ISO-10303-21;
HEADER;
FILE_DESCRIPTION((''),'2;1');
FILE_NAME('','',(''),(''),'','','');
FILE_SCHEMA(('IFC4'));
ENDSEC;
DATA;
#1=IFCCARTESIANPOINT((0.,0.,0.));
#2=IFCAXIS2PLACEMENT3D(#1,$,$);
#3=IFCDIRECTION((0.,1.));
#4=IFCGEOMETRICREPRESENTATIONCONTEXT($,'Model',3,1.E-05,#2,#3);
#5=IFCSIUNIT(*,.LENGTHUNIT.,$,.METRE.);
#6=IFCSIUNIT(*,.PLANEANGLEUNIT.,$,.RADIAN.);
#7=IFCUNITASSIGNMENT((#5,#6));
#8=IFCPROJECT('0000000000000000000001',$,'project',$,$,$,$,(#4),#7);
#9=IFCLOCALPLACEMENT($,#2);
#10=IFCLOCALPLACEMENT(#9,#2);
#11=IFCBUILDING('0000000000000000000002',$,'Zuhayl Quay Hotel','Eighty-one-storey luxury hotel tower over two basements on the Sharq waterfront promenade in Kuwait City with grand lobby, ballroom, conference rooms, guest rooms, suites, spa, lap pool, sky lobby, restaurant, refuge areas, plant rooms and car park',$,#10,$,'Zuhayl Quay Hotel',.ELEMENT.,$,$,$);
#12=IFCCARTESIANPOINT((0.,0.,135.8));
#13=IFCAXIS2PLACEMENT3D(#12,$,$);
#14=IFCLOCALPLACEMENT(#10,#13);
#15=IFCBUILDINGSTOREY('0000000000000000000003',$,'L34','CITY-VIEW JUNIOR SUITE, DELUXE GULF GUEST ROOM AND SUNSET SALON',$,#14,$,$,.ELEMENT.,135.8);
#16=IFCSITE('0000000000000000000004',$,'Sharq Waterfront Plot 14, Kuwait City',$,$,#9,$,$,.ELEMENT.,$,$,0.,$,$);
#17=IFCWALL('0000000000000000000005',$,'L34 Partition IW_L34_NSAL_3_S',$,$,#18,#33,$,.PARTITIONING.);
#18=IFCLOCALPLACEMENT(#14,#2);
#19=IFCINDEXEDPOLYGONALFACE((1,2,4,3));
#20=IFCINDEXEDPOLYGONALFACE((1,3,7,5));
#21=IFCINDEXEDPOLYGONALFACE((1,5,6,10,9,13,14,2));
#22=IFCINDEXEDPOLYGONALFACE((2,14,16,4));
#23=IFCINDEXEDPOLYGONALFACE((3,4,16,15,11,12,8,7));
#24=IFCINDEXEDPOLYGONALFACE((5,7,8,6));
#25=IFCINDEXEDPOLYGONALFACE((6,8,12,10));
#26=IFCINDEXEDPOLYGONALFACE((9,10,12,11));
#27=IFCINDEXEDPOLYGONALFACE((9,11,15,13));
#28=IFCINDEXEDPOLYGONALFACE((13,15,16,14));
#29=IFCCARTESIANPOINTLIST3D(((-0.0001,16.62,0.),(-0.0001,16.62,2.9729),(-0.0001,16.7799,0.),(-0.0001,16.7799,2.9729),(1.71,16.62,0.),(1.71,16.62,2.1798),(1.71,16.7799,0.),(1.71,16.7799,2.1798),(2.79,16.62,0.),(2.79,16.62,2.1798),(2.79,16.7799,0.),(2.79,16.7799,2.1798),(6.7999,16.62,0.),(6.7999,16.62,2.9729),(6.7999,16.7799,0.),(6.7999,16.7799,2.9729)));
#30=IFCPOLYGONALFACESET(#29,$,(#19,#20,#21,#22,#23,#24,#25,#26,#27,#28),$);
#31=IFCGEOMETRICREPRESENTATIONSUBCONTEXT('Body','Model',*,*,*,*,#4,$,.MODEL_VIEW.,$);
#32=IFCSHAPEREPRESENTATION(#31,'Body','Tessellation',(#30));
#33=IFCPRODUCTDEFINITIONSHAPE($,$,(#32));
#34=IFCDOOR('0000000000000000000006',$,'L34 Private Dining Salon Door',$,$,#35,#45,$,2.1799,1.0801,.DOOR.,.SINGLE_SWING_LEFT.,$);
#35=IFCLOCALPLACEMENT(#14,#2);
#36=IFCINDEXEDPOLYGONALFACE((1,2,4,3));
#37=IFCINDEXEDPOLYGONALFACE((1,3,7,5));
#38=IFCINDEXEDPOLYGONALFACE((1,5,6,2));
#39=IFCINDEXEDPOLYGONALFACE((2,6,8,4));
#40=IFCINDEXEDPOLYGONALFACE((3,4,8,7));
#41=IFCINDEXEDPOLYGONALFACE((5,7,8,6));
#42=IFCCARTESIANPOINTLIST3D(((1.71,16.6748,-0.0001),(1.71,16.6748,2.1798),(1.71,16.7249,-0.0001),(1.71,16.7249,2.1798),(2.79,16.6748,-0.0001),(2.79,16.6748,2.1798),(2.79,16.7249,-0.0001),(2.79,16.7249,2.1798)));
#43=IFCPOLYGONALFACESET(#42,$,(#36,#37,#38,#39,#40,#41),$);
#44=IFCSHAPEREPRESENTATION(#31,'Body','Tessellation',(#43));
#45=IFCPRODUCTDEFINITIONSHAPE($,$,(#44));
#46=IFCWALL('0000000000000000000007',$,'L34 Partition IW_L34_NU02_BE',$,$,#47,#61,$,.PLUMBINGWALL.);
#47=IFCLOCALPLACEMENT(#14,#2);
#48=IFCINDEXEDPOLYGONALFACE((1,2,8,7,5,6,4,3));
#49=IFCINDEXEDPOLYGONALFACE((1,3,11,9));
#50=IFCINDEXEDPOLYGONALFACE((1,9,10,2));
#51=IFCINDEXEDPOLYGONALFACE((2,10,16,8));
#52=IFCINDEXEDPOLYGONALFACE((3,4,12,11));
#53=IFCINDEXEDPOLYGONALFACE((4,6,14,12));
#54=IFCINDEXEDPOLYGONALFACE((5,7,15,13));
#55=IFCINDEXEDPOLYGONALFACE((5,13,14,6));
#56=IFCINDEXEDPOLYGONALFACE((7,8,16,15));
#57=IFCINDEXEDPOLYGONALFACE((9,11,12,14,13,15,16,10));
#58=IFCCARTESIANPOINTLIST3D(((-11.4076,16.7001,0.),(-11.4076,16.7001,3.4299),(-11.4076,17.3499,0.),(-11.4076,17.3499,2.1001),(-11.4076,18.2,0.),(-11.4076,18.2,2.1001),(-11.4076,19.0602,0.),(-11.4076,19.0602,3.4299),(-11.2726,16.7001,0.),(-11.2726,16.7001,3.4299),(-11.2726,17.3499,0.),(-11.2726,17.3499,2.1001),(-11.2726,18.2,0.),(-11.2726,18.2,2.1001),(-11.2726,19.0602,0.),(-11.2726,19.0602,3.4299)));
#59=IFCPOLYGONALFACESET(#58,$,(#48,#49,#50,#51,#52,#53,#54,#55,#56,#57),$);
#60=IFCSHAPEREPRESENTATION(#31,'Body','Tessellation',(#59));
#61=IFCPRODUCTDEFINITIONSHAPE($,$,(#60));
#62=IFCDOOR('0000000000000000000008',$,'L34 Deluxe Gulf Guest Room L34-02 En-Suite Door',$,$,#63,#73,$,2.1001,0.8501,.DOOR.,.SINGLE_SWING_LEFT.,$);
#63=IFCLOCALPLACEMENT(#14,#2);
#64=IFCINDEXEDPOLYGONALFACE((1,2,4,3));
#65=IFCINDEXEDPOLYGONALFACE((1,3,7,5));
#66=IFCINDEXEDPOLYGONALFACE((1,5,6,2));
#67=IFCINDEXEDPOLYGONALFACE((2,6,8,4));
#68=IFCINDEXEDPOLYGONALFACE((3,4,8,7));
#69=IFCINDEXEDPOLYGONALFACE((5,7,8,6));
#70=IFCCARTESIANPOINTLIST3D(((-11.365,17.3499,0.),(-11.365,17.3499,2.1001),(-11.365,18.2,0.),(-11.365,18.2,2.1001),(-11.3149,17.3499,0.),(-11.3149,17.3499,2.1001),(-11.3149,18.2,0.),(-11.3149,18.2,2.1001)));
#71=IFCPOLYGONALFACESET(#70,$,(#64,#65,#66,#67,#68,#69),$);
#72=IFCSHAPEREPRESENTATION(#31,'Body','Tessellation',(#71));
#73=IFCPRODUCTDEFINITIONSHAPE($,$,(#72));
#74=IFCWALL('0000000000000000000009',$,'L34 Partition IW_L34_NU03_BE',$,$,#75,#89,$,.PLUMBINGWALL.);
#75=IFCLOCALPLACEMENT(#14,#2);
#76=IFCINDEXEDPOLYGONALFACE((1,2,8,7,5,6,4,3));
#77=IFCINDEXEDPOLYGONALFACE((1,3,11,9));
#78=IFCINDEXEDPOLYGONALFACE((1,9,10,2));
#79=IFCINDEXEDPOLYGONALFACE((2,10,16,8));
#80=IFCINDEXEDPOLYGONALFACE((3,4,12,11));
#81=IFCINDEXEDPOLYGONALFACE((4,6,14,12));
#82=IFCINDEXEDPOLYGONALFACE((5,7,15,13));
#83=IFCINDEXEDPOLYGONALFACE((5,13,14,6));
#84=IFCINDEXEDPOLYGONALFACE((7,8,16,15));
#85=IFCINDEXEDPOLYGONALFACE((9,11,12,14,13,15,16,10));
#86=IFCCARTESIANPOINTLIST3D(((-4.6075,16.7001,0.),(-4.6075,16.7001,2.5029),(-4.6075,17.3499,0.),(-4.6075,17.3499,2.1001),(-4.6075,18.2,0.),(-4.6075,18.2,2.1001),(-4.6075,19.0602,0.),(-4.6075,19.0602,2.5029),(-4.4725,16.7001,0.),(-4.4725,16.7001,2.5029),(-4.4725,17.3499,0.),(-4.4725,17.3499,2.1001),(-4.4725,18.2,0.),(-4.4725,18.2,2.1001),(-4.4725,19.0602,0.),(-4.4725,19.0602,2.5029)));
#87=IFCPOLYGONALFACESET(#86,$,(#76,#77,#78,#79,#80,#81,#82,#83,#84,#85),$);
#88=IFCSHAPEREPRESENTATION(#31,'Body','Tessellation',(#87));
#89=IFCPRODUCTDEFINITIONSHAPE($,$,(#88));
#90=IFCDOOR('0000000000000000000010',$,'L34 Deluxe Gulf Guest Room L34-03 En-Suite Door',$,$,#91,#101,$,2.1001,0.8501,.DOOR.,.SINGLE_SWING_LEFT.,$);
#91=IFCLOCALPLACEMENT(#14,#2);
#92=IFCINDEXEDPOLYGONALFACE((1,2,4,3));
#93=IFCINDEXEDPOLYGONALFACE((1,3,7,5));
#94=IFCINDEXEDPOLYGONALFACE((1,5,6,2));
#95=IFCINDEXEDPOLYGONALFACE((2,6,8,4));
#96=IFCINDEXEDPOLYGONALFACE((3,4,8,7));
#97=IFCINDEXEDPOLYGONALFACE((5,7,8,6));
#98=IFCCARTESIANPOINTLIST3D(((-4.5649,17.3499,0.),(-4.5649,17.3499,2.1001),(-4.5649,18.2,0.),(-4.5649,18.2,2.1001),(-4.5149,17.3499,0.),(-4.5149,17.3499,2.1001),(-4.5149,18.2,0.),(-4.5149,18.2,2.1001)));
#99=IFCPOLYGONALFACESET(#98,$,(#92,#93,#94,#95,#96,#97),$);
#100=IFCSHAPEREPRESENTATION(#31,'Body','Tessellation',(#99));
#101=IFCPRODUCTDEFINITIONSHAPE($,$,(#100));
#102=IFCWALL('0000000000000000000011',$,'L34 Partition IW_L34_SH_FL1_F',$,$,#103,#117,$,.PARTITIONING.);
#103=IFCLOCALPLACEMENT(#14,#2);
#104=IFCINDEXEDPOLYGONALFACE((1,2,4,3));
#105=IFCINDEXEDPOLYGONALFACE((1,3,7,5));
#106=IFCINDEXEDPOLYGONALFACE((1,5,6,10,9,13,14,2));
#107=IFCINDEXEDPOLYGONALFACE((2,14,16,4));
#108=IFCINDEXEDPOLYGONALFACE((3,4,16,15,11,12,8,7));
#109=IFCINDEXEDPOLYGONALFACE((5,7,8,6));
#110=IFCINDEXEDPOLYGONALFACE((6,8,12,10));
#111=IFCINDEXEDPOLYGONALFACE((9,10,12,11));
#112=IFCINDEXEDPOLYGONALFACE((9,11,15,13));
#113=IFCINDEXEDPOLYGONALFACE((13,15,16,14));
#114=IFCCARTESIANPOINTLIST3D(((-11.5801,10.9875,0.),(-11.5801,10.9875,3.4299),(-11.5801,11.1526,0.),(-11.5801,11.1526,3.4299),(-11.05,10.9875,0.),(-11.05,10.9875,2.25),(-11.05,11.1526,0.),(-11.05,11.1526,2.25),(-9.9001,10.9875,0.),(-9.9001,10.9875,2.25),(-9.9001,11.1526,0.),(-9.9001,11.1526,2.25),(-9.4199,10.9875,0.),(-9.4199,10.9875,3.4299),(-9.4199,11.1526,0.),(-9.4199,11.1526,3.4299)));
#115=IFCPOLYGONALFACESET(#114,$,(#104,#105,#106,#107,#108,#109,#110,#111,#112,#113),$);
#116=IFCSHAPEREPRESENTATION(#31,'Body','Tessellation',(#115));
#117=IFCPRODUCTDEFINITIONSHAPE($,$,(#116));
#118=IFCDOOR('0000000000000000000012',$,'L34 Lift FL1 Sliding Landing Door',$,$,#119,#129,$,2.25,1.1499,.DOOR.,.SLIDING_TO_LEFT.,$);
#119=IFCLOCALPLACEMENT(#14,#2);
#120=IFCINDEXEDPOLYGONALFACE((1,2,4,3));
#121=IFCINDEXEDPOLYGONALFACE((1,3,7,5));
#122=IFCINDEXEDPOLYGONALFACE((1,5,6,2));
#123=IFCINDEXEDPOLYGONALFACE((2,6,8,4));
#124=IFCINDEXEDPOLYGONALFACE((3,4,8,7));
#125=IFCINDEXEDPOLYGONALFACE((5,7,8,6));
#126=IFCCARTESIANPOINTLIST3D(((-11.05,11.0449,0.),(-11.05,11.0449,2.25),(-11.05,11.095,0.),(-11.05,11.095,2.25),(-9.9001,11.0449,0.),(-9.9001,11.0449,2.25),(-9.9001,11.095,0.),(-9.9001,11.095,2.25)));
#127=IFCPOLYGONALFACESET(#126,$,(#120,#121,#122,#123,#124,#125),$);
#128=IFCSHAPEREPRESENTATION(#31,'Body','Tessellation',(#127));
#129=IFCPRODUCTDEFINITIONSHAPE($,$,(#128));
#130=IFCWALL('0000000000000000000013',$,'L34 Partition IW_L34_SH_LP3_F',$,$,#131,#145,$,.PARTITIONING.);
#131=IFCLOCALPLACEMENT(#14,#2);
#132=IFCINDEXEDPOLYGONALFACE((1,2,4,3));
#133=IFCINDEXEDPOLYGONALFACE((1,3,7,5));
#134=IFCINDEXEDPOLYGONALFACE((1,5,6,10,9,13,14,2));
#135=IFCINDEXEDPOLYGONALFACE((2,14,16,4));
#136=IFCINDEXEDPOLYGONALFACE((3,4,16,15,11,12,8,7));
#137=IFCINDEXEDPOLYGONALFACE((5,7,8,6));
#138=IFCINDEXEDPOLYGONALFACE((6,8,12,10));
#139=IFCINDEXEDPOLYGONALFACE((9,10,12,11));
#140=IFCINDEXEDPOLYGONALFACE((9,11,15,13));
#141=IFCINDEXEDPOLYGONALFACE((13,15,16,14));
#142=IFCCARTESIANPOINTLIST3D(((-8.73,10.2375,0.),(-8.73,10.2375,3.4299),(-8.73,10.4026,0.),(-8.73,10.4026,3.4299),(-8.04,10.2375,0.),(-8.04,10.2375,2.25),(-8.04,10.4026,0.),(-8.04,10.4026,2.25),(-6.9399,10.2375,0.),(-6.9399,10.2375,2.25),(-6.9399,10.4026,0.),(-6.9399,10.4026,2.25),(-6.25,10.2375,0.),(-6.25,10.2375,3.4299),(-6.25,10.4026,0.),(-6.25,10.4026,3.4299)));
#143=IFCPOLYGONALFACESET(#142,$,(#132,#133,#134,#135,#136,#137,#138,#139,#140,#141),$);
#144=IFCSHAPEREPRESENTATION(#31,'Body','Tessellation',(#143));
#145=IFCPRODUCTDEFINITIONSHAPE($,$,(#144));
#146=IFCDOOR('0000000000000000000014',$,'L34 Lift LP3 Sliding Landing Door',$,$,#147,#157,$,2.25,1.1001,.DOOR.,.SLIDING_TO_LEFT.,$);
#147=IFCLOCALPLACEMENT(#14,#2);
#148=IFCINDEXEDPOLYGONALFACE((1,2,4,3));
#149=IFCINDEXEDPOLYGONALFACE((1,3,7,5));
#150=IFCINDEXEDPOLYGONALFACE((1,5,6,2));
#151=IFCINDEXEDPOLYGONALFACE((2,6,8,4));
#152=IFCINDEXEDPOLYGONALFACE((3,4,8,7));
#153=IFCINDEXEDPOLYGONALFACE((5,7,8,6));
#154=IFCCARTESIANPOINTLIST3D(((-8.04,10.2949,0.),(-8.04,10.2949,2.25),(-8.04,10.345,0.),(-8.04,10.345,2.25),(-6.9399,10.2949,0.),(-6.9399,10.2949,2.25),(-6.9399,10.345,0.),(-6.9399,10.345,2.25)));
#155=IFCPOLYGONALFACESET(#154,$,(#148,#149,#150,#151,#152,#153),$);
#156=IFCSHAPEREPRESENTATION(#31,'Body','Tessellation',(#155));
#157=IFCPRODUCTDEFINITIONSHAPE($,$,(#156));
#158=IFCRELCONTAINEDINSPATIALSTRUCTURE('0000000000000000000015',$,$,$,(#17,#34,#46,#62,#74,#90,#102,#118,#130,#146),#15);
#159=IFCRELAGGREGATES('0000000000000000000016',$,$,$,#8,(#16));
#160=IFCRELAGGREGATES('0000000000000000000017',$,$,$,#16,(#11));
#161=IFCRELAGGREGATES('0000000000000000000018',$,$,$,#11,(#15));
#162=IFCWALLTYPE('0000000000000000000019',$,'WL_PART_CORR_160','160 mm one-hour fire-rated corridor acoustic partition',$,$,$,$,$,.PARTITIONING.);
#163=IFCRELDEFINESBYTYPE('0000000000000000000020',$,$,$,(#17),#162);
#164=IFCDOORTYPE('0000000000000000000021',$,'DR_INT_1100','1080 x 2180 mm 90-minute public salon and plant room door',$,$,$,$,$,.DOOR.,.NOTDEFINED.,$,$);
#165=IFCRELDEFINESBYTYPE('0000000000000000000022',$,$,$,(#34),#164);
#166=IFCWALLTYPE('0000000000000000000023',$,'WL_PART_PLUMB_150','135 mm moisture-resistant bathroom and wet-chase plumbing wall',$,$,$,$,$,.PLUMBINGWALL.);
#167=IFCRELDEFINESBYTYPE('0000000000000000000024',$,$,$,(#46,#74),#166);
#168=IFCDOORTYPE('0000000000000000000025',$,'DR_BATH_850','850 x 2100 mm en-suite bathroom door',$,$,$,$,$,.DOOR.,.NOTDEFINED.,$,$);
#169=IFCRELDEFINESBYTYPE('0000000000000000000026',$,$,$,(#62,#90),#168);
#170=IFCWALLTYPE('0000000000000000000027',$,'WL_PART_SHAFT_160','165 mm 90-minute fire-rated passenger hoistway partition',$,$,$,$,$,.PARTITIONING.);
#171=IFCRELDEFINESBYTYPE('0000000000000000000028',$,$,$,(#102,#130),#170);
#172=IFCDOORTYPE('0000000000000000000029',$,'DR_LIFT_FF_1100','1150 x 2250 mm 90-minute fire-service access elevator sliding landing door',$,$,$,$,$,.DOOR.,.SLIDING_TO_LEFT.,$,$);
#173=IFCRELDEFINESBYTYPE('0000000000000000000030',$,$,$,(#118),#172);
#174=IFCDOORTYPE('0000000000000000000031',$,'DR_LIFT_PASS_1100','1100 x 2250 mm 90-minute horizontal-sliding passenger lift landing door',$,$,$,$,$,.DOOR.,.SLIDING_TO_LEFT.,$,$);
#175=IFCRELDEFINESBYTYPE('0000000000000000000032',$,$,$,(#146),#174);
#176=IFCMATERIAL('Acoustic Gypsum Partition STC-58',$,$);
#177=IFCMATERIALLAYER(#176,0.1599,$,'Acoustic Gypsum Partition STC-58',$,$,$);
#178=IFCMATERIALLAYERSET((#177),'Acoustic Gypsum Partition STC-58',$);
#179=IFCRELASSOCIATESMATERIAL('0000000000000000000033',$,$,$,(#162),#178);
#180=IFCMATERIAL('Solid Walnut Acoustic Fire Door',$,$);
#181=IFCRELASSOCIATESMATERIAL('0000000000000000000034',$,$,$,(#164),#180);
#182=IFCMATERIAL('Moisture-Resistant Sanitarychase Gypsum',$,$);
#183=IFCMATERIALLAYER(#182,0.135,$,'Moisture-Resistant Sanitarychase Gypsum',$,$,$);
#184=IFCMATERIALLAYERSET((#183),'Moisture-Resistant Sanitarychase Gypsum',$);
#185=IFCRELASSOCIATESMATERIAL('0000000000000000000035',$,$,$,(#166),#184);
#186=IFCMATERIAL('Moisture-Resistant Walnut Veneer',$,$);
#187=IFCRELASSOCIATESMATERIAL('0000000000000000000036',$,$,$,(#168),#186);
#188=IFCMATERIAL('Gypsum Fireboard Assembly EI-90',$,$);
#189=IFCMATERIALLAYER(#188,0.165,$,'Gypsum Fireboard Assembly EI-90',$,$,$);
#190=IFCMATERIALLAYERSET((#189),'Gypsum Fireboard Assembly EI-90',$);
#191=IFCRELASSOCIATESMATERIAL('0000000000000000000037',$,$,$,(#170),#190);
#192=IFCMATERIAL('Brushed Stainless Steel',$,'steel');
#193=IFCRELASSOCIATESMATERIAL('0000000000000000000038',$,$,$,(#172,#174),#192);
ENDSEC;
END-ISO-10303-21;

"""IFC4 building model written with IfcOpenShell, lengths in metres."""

from ifc_helpers import new_model, si_unit, direction, frame, frame_2d, origin, place, context, subcontext, project, spatial, rectangle, extrude, material, layer, layer_set, type_object, element, fill, save


model = new_model("IFC4")

# Units and contexts
model_context = context("Model", 3, precision=1e-05, world=origin(), true_north=direction((0.0, 1.0)))
body_context = subcontext(model_context, "Body", "Model", "MODEL_VIEW")
ifc_project = project(units=[si_unit("LENGTHUNIT", "METRE"), si_unit("PLANEANGLEUNIT", "RADIAN")], contexts=[model_context])

# Site, building, storey
site_placement = place(None, origin())
site = spatial("IfcSite", under=ifc_project, at=site_placement, Name="Sharq Waterfront Plot 14, Kuwait City", CompositionType="ELEMENT", RefElevation=0.0)
building_placement = place(site_placement, origin())
building = spatial("IfcBuilding", under=site, at=building_placement, Name="Zuhayl Quay Hotel", Description="Eighty-one-storey luxury hotel tower over two basements on the Sharq waterfront promenade in Kuwait City with grand lobby, ballroom, conference rooms, guest rooms, suites, spa, lap pool, sky lobby, restaurant, refuge areas, plant rooms and car park", LongName="Zuhayl Quay Hotel", CompositionType="ELEMENT")
storey_placement = place(building_placement, frame((0.0, 0.0, 135.8)))
storey = spatial("IfcBuildingStorey", under=building, at=storey_placement, Name="L34", Description="CITY-VIEW JUNIOR SUITE, DELUXE GULF GUEST ROOM AND SUNSET SALON", CompositionType="ELEMENT", Elevation=135.8)

# Shared definitions
ifc_material_1 = material(Name="Acoustic Gypsum Partition STC-58")

# Walls, openings, doors
ifc_layer_1 = layer(ifc_material_1, 0.1599, Name="Acoustic Gypsum Partition STC-58")
ifc_layer_set_1 = layer_set([ifc_layer_1], Name="Acoustic Gypsum Partition STC-58")
wall_type_1 = type_object("IfcWallType", Name="WL_PART_CORR_160", Description="160 mm one-hour fire-rated corridor acoustic partition", PredefinedType="PARTITIONING", material=ifc_layer_set_1)
ifc_material_2 = material(Name="Solid Walnut Acoustic Fire Door")
wall_1_placement = place(storey_placement, frame((0.0, 16.7, 0.0), z_axis=(0.0, 0.0, 1.0), x_axis=(1.0, 0.0, 0.0)))
wall_1 = element("IfcWall", 1, at=wall_1_placement, inside=storey, type_object=wall_type_1, Name="L34 Partition IW_L34_NSAL_3_S", PredefinedType="PARTITIONING", context=body_context, shape_type="SweptSolid", body=[
    extrude(rectangle(XDim=6.8, YDim=0.1599, at=frame_2d((3.3999, 0.0))), origin(), (0.0, 0.0, 1.0), 2.9729),
])
opening_1_placement = place(wall_1_placement, frame((1.71, 0.0, 0.0)))
opening_1 = element("IfcOpeningElement", 2, at=opening_1_placement, cuts=wall_1, PredefinedType="OPENING", context=body_context, shape_type="SweptSolid", body=[
    extrude(rectangle(XDim=1.0801, YDim=2.1799, at=frame_2d((0.54, 1.0898))), frame((0.0, 0.0898, 0.0), z_axis=(0.0, -1.0, 0.0), x_axis=(1.0, 0.0, 0.0)), (0.0, 0.0, 1.0), 0.1799),
])
door_type_1 = type_object("IfcDoorType", Name="DR_INT_1100", Description="1080 x 2180 mm 90-minute public salon and plant room door", OperationType="NOTDEFINED", PredefinedType="DOOR", material=ifc_material_2)
door_1_placement = place(opening_1_placement, origin())
door_1 = element("IfcDoor", 3, at=door_1_placement, inside=storey, type_object=door_type_1, Name="L34 Private Dining Salon Door", OperationType="SINGLE_SWING_LEFT", OverallHeight=2.1799, OverallWidth=1.0801, PredefinedType="DOOR", context=body_context, shape_type="SweptSolid", body=[
    extrude(rectangle(XDim=1.0801, YDim=2.1799, at=frame_2d((0.54, 1.0898))), frame((0.0, 0.0249, 0.0), z_axis=(0.0, -1.0, 0.0), x_axis=(1.0, 0.0, 0.0)), (0.0, 0.0, 1.0), 0.05),
])
fill(opening_1, door_1)
ifc_material_3 = material(Name="Moisture-Resistant Sanitarychase Gypsum")
ifc_layer_2 = layer(ifc_material_3, 0.135, Name="Moisture-Resistant Sanitarychase Gypsum")
ifc_layer_set_2 = layer_set([ifc_layer_2], Name="Moisture-Resistant Sanitarychase Gypsum")
wall_type_2 = type_object("IfcWallType", Name="WL_PART_PLUMB_150", Description="135 mm moisture-resistant bathroom and wet-chase plumbing wall", PredefinedType="PLUMBINGWALL", material=ifc_layer_set_2)
wall_2_placement = place(storey_placement, frame((-11.3401, 16.7, 0.0), z_axis=(0.0, 0.0, 1.0), x_axis=(0.0, 1.0, 0.0)))
wall_2 = element("IfcWall", 4, at=wall_2_placement, inside=storey, type_object=wall_type_2, Name="L34 Partition IW_L34_NU02_BE", PredefinedType="PLUMBINGWALL", context=body_context, shape_type="SweptSolid", body=[
    extrude(rectangle(XDim=2.3601, YDim=0.135, at=frame_2d((1.1802, 0.0))), origin(), (0.0, 0.0, 1.0), 3.4299),
])
opening_2_placement = place(wall_2_placement, frame((0.6499, 0.0, 0.0)))
opening_2 = element("IfcOpeningElement", 5, at=opening_2_placement, cuts=wall_2, PredefinedType="OPENING", context=body_context, shape_type="SweptSolid", body=[
    extrude(rectangle(XDim=0.8501, YDim=2.1001, at=frame_2d((0.425, 1.05))), frame((0.0, 0.0774, 0.0), z_axis=(0.0, -1.0, 0.0), x_axis=(1.0, 0.0, 0.0)), (0.0, 0.0, 1.0), 0.155),
])
ifc_material_4 = material(Name="Moisture-Resistant Walnut Veneer")
door_type_2 = type_object("IfcDoorType", Name="DR_BATH_850", Description="850 x 2100 mm en-suite bathroom door", OperationType="NOTDEFINED", PredefinedType="DOOR", material=ifc_material_4)
door_2_placement = place(opening_2_placement, origin())
door_2 = element("IfcDoor", 6, at=door_2_placement, inside=storey, type_object=door_type_2, Name="L34 Deluxe Gulf Guest Room L34-02 En-Suite Door", OperationType="SINGLE_SWING_LEFT", OverallHeight=2.1001, OverallWidth=0.8501, PredefinedType="DOOR", context=body_context, shape_type="SweptSolid", body=[
    extrude(rectangle(XDim=0.8501, YDim=2.1001, at=frame_2d((0.425, 1.05))), frame((0.0, 0.0249, 0.0), z_axis=(0.0, -1.0, 0.0), x_axis=(1.0, 0.0, 0.0)), (0.0, 0.0, 1.0), 0.05),
])
fill(opening_2, door_2)
wall_3_placement = place(storey_placement, frame((-4.54, 16.7, 0.0), z_axis=(0.0, 0.0, 1.0), x_axis=(0.0, 1.0, 0.0)))
wall_3 = element("IfcWall", 7, at=wall_3_placement, inside=storey, type_object=wall_type_2, Name="L34 Partition IW_L34_NU03_BE", PredefinedType="PLUMBINGWALL", context=body_context, shape_type="SweptSolid", body=[
    extrude(rectangle(XDim=2.3601, YDim=0.135, at=frame_2d((1.1802, 0.0))), origin(), (0.0, 0.0, 1.0), 2.5029),
])
opening_3_placement = place(wall_3_placement, frame((0.6499, 0.0, 0.0)))
opening_3 = element("IfcOpeningElement", 8, at=opening_3_placement, cuts=wall_3, PredefinedType="OPENING", context=body_context, shape_type="SweptSolid", body=[
    extrude(rectangle(XDim=0.8501, YDim=2.1001, at=frame_2d((0.425, 1.05))), frame((0.0, 0.0774, 0.0), z_axis=(0.0, -1.0, 0.0), x_axis=(1.0, 0.0, 0.0)), (0.0, 0.0, 1.0), 0.155),
])
door_3_placement = place(opening_3_placement, origin())
door_3 = element("IfcDoor", 9, at=door_3_placement, inside=storey, type_object=door_type_2, Name="L34 Deluxe Gulf Guest Room L34-03 En-Suite Door", OperationType="SINGLE_SWING_LEFT", OverallHeight=2.1001, OverallWidth=0.8501, PredefinedType="DOOR", context=body_context, shape_type="SweptSolid", body=[
    extrude(rectangle(XDim=0.8501, YDim=2.1001, at=frame_2d((0.425, 1.05))), frame((0.0, 0.0249, 0.0), z_axis=(0.0, -1.0, 0.0), x_axis=(1.0, 0.0, 0.0)), (0.0, 0.0, 1.0), 0.05),
])
fill(opening_3, door_3)
ifc_material_5 = material(Name="Gypsum Fireboard Assembly EI-90")
ifc_layer_3 = layer(ifc_material_5, 0.165, Name="Gypsum Fireboard Assembly EI-90")
ifc_layer_set_3 = layer_set([ifc_layer_3], Name="Gypsum Fireboard Assembly EI-90")
wall_type_3 = type_object("IfcWallType", Name="WL_PART_SHAFT_160", Description="165 mm 90-minute fire-rated passenger hoistway partition", PredefinedType="PARTITIONING", material=ifc_layer_set_3)
wall_4_placement = place(storey_placement, frame((-11.5801, 11.0701, 0.0), z_axis=(0.0, 0.0, 1.0), x_axis=(1.0, 0.0, 0.0)))
wall_4 = element("IfcWall", 10, at=wall_4_placement, inside=storey, type_object=wall_type_3, Name="L34 Partition IW_L34_SH_FL1_F", PredefinedType="PARTITIONING", context=body_context, shape_type="SweptSolid", body=[
    extrude(rectangle(XDim=2.1602, YDim=0.165, at=frame_2d((1.0801, 0.0))), origin(), (0.0, 0.0, 1.0), 3.4299),
])
opening_4_placement = place(wall_4_placement, frame((0.53, 0.0, 0.0)))
opening_4 = element("IfcOpeningElement", 11, at=opening_4_placement, cuts=wall_4, PredefinedType="OPENING", context=body_context, shape_type="SweptSolid", body=[
    extrude(rectangle(XDim=1.1499, YDim=2.25, at=frame_2d((0.575, 1.125))), frame((0.0, 0.0925, 0.0), z_axis=(0.0, -1.0, 0.0), x_axis=(1.0, 0.0, 0.0)), (0.0, 0.0, 1.0), 0.1851),
])
ifc_material_6 = material(Name="Brushed Stainless Steel", Category="steel")
door_type_3 = type_object("IfcDoorType", Name="DR_LIFT_FF_1100", Description="1150 x 2250 mm 90-minute fire-service access elevator sliding landing door", OperationType="SLIDING_TO_LEFT", PredefinedType="DOOR", material=ifc_material_6)
door_4_placement = place(opening_4_placement, origin())
door_4 = element("IfcDoor", 12, at=door_4_placement, inside=storey, type_object=door_type_3, Name="L34 Lift FL1 Sliding Landing Door", OperationType="SLIDING_TO_LEFT", OverallHeight=2.25, OverallWidth=1.1499, PredefinedType="DOOR", context=body_context, shape_type="SweptSolid", body=[
    extrude(rectangle(XDim=1.1499, YDim=2.25, at=frame_2d((0.575, 1.125))), frame((0.0, 0.0249, 0.0), z_axis=(0.0, -1.0, 0.0), x_axis=(1.0, 0.0, 0.0)), (0.0, 0.0, 1.0), 0.05),
])
fill(opening_4, door_4)
wall_5_placement = place(storey_placement, frame((-8.73, 10.3201, 0.0), z_axis=(0.0, 0.0, 1.0), x_axis=(1.0, 0.0, 0.0)))
wall_5 = element("IfcWall", 13, at=wall_5_placement, inside=storey, type_object=wall_type_3, Name="L34 Partition IW_L34_SH_LP3_F", PredefinedType="PARTITIONING", context=body_context, shape_type="SweptSolid", body=[
    extrude(rectangle(XDim=2.48, YDim=0.165, at=frame_2d((1.24, 0.0))), origin(), (0.0, 0.0, 1.0), 3.4299),
])
opening_5_placement = place(wall_5_placement, frame((0.6899, 0.0, 0.0)))
opening_5 = element("IfcOpeningElement", 14, at=opening_5_placement, cuts=wall_5, PredefinedType="OPENING", context=body_context, shape_type="SweptSolid", body=[
    extrude(rectangle(XDim=1.1001, YDim=2.25, at=frame_2d((0.55, 1.125))), frame((0.0, 0.0925, 0.0), z_axis=(0.0, -1.0, 0.0), x_axis=(1.0, 0.0, 0.0)), (0.0, 0.0, 1.0), 0.1851),
])
door_type_4 = type_object("IfcDoorType", Name="DR_LIFT_PASS_1100", Description="1100 x 2250 mm 90-minute horizontal-sliding passenger lift landing door", OperationType="SLIDING_TO_LEFT", PredefinedType="DOOR", material=ifc_material_6)
door_5_placement = place(opening_5_placement, origin())
door_5 = element("IfcDoor", 15, at=door_5_placement, inside=storey, type_object=door_type_4, Name="L34 Lift LP3 Sliding Landing Door", OperationType="SLIDING_TO_LEFT", OverallHeight=2.25, OverallWidth=1.1001, PredefinedType="DOOR", context=body_context, shape_type="SweptSolid", body=[
    extrude(rectangle(XDim=1.1001, YDim=2.25, at=frame_2d((0.55, 1.125))), frame((0.0, 0.0249, 0.0), z_axis=(0.0, -1.0, 0.0), x_axis=(1.0, 0.0, 0.0)), (0.0, 0.0, 1.0), 0.05),
])
fill(opening_5, door_5)

save(model, "model.ifc")
